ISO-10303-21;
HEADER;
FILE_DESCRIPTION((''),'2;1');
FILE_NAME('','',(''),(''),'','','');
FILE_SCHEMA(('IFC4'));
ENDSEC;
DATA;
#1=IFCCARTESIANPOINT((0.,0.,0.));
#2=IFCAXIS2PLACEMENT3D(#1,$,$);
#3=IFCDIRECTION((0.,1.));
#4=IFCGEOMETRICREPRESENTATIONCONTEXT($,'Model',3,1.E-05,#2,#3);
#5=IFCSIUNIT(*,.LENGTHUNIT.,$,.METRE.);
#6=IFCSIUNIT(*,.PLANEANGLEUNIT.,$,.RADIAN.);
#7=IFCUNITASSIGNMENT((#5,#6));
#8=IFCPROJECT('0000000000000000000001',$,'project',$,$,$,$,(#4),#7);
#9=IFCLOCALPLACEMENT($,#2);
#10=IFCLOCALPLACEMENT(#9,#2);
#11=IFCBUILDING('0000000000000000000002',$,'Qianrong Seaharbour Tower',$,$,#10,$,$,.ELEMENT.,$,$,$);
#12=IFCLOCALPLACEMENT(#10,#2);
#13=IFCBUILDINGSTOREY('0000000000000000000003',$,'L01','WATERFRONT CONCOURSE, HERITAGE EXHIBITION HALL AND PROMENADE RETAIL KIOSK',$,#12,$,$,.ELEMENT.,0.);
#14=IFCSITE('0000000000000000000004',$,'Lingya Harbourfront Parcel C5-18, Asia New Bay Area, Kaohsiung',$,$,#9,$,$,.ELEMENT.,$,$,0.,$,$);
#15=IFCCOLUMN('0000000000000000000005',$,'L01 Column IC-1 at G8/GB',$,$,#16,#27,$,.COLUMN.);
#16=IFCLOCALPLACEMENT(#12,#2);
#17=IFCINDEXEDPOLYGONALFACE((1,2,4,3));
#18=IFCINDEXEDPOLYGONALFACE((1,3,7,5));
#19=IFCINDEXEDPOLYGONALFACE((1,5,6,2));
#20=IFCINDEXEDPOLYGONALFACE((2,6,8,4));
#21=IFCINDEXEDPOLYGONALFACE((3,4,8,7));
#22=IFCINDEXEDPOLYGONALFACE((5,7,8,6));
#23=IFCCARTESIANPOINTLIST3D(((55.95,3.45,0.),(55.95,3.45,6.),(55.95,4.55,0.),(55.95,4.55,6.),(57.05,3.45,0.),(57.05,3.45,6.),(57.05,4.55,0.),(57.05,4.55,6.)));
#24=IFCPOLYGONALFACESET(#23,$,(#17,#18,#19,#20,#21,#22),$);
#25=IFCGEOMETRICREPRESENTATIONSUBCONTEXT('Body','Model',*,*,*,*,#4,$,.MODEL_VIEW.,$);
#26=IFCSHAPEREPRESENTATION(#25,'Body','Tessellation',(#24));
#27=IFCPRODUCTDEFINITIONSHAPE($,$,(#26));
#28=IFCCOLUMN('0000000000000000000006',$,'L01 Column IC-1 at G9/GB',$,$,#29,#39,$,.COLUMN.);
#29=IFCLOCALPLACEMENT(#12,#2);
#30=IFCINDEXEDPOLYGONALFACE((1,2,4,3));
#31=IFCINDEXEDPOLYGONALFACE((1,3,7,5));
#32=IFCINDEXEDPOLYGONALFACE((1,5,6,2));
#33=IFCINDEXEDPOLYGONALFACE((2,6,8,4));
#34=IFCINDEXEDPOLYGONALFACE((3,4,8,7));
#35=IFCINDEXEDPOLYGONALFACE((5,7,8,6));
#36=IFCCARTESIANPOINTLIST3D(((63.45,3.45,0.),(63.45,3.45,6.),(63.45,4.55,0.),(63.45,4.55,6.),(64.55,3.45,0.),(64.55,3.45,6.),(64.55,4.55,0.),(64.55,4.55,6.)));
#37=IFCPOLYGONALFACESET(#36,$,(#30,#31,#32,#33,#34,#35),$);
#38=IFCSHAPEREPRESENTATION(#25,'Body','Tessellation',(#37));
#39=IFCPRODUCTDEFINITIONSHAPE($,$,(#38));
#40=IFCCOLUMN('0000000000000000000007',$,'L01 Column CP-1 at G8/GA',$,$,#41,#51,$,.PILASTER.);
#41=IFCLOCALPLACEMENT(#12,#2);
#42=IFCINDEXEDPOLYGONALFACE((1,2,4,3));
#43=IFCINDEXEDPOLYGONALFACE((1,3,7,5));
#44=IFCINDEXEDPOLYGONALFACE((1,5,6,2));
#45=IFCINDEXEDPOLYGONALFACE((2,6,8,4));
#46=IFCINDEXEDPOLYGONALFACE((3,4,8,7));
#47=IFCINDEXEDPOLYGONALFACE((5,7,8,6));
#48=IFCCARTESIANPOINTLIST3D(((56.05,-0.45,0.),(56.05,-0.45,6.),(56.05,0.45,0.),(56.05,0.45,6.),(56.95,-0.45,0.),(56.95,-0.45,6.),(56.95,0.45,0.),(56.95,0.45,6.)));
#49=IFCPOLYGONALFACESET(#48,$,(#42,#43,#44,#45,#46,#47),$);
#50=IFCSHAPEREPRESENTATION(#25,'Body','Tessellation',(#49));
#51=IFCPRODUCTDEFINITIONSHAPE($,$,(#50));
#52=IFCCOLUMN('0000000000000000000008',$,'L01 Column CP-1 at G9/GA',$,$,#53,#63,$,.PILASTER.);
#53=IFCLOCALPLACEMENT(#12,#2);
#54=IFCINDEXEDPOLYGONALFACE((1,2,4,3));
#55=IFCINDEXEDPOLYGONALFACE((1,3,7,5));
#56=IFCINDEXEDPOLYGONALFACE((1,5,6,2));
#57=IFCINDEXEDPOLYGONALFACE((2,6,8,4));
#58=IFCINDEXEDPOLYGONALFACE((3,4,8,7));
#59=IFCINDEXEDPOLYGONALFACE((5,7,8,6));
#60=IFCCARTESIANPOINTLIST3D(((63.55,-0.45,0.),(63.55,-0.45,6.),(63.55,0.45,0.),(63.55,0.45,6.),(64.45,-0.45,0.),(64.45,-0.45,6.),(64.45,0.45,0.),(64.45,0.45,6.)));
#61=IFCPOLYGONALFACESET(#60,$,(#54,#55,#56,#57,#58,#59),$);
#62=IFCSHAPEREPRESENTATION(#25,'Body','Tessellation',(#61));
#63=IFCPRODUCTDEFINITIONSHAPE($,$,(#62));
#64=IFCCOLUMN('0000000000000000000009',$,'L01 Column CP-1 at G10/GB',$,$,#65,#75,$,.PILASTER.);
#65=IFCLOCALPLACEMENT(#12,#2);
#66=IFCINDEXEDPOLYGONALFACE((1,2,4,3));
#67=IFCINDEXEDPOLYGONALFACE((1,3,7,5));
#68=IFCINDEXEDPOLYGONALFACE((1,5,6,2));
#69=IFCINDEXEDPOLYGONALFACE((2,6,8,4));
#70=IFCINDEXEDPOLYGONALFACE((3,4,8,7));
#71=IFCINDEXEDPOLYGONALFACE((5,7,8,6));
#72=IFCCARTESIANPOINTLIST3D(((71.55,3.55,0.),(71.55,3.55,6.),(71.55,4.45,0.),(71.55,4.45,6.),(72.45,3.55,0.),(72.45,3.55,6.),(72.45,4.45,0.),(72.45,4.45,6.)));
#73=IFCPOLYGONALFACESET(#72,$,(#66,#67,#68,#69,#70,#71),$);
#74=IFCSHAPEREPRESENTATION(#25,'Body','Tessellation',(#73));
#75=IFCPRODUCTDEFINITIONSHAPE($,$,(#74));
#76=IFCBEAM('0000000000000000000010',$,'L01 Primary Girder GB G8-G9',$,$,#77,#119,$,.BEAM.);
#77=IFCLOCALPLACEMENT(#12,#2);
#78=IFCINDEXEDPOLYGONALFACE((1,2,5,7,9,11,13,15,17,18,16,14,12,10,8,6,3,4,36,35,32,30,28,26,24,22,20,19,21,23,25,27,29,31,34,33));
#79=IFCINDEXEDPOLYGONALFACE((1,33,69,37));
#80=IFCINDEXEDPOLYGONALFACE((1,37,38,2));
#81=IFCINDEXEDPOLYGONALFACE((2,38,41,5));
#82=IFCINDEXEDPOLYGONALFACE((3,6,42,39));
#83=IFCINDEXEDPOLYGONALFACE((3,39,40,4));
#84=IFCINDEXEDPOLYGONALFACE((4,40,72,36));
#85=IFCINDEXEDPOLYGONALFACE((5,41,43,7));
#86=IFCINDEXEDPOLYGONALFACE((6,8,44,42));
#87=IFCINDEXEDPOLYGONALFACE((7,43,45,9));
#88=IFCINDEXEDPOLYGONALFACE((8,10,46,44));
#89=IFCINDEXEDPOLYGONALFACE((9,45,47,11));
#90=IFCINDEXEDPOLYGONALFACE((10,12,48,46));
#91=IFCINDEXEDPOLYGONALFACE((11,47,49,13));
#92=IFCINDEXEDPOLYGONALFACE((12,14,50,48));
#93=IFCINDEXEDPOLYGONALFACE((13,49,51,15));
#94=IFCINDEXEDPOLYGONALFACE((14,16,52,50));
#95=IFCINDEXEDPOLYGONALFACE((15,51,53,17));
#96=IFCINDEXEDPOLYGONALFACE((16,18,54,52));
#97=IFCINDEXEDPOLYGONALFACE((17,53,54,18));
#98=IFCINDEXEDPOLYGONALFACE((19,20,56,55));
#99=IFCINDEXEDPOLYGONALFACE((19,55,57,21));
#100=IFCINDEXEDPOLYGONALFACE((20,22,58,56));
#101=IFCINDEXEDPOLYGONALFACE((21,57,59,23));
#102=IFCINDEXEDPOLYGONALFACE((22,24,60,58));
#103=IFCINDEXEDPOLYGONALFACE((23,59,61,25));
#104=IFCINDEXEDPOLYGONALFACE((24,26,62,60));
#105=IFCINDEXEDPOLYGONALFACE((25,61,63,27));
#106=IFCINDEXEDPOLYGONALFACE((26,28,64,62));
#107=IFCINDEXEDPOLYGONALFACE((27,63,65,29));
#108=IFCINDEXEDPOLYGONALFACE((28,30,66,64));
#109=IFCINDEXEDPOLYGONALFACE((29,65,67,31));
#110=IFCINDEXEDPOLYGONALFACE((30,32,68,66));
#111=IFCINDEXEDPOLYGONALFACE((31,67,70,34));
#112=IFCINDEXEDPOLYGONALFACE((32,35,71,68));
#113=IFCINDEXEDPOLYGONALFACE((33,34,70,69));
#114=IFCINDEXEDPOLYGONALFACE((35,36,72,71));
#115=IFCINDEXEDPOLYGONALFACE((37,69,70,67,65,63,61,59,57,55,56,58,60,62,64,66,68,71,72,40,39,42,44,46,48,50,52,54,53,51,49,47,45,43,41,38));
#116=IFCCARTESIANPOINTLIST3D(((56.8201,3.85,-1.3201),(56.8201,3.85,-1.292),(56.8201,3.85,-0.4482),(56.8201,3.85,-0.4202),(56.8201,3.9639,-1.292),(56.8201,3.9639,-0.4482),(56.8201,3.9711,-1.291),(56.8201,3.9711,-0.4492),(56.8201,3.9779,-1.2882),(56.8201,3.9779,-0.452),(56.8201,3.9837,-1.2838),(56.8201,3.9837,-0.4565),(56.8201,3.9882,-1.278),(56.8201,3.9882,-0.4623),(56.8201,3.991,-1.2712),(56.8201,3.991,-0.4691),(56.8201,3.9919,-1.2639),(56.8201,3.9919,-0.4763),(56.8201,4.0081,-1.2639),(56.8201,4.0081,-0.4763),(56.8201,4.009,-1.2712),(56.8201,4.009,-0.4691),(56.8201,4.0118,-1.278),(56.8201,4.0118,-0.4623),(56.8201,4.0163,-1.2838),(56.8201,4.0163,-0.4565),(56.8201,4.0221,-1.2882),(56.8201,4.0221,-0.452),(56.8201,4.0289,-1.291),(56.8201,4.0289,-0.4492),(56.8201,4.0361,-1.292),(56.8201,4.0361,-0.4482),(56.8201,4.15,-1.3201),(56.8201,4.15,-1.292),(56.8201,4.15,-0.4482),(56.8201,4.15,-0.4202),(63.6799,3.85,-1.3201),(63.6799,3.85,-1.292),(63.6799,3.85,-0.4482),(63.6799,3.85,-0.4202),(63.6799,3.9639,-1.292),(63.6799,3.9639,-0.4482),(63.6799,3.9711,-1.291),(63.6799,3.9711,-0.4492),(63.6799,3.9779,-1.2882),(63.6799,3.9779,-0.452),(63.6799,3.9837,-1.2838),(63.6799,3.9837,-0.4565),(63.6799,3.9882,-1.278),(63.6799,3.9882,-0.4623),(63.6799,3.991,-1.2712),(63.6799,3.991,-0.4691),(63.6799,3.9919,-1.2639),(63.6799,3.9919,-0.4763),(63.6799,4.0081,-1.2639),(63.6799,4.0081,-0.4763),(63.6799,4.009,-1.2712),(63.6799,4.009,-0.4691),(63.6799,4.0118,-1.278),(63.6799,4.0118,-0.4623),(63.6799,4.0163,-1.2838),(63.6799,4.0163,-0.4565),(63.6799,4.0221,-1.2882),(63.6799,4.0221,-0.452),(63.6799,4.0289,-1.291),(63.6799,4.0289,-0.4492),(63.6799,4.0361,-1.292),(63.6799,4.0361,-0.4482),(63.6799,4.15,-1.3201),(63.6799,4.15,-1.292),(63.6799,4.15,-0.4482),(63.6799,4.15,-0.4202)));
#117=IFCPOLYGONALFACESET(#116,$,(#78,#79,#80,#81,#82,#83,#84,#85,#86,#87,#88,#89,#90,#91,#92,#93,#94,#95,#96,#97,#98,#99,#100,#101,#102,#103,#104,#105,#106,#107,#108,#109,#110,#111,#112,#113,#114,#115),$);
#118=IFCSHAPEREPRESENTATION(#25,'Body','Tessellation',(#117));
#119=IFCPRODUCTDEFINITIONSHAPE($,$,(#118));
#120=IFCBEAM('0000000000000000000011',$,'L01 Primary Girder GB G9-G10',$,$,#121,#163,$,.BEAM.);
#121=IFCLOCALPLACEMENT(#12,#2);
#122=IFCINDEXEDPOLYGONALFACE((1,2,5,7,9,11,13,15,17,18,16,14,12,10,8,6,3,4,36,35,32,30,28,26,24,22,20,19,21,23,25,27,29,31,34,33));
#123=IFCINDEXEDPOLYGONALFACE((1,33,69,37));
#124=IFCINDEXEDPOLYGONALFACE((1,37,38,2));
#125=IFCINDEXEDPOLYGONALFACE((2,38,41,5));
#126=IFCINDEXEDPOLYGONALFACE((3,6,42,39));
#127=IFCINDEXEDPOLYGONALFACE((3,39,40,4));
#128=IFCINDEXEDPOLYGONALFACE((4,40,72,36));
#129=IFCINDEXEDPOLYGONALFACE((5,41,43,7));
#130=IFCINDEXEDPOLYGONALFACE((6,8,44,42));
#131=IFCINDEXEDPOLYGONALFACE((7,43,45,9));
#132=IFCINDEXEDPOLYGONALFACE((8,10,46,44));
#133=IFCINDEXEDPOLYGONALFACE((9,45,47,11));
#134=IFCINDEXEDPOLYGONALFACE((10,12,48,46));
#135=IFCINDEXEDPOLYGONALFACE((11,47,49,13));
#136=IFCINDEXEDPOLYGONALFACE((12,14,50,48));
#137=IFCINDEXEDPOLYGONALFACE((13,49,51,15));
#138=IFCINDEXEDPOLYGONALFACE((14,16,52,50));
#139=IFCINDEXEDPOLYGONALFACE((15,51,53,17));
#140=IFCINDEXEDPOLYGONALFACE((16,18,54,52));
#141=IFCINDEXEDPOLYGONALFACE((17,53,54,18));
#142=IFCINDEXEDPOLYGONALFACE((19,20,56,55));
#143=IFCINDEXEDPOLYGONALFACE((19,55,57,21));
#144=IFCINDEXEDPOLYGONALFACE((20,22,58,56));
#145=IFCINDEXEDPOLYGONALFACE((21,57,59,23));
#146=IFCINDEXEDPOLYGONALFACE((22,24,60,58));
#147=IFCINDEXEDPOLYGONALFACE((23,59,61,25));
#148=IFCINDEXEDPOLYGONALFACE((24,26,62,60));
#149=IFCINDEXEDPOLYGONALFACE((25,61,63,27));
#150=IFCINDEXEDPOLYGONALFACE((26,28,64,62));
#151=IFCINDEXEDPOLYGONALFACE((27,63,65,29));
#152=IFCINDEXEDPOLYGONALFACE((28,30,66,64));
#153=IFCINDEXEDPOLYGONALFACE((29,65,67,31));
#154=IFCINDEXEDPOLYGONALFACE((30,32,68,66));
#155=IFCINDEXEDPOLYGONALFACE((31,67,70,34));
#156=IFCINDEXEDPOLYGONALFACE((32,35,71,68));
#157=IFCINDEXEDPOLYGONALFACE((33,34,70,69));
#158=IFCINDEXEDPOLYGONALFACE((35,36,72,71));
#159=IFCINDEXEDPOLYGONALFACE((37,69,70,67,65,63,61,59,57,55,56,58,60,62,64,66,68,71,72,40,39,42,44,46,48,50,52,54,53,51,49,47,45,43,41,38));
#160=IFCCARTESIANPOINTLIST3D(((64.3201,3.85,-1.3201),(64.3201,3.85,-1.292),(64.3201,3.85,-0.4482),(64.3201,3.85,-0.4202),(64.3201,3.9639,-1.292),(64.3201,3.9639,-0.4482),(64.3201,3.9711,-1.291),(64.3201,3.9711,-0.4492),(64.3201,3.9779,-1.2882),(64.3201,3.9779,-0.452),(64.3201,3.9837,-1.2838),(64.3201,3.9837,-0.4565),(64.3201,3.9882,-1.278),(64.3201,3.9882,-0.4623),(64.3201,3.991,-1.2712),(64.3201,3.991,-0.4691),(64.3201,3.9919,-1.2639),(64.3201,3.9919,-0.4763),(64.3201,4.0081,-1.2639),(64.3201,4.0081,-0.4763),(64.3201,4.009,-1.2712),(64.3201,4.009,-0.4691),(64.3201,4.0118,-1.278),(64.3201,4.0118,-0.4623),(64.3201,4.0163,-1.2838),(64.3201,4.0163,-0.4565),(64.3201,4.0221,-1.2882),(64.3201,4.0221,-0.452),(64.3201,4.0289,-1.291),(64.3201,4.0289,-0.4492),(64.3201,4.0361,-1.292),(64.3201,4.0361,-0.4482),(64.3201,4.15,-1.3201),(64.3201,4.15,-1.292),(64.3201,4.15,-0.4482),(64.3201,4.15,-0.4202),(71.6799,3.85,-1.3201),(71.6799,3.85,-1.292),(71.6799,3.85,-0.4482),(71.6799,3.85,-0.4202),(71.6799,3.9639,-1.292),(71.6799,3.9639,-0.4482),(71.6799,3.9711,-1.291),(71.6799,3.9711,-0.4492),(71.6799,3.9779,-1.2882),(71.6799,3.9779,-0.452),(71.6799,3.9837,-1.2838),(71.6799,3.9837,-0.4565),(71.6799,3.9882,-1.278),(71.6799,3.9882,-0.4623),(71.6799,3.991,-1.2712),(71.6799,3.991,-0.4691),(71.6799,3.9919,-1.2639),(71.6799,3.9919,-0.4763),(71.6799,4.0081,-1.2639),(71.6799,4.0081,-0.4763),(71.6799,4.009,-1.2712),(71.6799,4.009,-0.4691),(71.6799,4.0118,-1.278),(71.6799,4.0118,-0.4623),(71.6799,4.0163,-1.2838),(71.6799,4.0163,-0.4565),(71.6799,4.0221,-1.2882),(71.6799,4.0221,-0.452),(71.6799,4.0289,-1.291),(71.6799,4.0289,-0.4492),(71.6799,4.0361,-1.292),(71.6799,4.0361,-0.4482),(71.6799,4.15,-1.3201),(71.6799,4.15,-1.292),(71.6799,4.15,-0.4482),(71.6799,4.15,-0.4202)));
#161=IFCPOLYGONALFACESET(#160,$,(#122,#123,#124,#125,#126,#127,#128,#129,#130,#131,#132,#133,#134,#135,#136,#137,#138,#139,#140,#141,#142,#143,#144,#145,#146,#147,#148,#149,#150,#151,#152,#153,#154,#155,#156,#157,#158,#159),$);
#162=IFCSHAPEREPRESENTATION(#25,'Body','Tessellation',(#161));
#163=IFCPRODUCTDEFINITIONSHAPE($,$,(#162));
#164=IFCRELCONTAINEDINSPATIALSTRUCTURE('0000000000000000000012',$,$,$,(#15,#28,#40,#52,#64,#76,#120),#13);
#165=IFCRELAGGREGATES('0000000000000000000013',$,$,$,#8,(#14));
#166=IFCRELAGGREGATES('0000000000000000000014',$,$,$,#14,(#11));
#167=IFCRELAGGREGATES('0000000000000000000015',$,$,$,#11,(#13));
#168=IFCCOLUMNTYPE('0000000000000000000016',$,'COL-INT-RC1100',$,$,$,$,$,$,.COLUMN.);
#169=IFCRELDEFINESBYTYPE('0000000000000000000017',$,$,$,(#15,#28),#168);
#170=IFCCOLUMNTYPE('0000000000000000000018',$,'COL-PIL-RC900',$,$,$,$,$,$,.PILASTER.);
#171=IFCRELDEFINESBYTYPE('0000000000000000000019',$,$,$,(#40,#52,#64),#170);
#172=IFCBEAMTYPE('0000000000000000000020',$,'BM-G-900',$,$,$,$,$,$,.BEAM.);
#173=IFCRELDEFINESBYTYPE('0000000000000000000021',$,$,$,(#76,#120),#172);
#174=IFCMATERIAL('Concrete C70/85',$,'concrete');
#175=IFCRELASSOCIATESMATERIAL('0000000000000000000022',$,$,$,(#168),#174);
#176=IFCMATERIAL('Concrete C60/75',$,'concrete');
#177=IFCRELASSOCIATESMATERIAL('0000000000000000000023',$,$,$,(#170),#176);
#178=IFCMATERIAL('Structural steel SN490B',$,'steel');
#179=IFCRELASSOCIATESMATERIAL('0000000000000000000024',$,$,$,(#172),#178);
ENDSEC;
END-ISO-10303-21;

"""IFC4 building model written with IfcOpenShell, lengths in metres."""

from ifc_helpers import new_model, si_unit, direction, frame, origin, origin_2d, place, context, subcontext, project, spatial, rectangle, i_section, extrude, material, material_profile, profile_set, type_object, element, save


model = new_model("IFC4")

# Units and contexts
model_context = context("Model", 3, precision=1e-05, world=origin(), true_north=direction((0.0, 1.0)))
body_context = subcontext(model_context, "Body", "Model", "MODEL_VIEW")
ifc_project = project(units=[si_unit("LENGTHUNIT", "METRE"), si_unit("PLANEANGLEUNIT", "RADIAN")], contexts=[model_context])

# Site, building, storey
site_placement = place(None, origin())
site = spatial("IfcSite", under=ifc_project, at=site_placement, Name="Lingya Harbourfront Parcel C5-18, Asia New Bay Area, Kaohsiung", CompositionType="ELEMENT", RefElevation=0.0)
building_placement = place(site_placement, origin())
building = spatial("IfcBuilding", under=site, at=building_placement, Name="Qianrong Seaharbour Tower", CompositionType="ELEMENT")
storey_placement = place(building_placement, origin())
storey = spatial("IfcBuildingStorey", under=building, at=storey_placement, Name="L01", Description="WATERFRONT CONCOURSE, HERITAGE EXHIBITION HALL AND PROMENADE RETAIL KIOSK", CompositionType="ELEMENT", Elevation=0.0)

# Columns
ifc_material_1 = material(Name="Concrete C70/85", Category="concrete")
ifc_material_profile_1 = material_profile(ifc_material_1, rectangle(XDim=1.1001, YDim=1.1001, at=origin_2d()), Name="RC1100x1100")
ifc_profile_set_1 = profile_set([ifc_material_profile_1], Name="Concrete C70/85")
column_type_1 = type_object("IfcColumnType", Name="COL-INT-RC1100", PredefinedType="COLUMN", material=ifc_profile_set_1)
for number, where, z_axis, x_axis, name in (
    (1, (56.5, 4.0, 0.0), (0.0, 0.0, 1.0), (1.0, 0.0, 0.0), "L01 Column IC-1 at G8/GB"),
    (2, (64.0, 4.0, 0.0), (0.0, 0.0, 1.0), (1.0, 0.0, 0.0), "L01 Column IC-1 at G9/GB"),
):
    element("IfcColumn", number, at=place(storey_placement, frame(where, z_axis=z_axis, x_axis=x_axis)), inside=storey, type_object=column_type_1, Name=name, PredefinedType="COLUMN", context=body_context, shape_type="SweptSolid", body=[
        extrude(rectangle(XDim=1.1001, YDim=1.1001, at=origin_2d()), origin(), (0.0, 0.0, 1.0), 6.0),
    ])
ifc_material_2 = material(Name="Concrete C60/75", Category="concrete")
ifc_material_profile_2 = material_profile(ifc_material_2, rectangle(XDim=0.8999, YDim=0.8999, at=origin_2d()), Name="RC900x900")
ifc_profile_set_2 = profile_set([ifc_material_profile_2], Name="Concrete C60/75")
column_type_2 = type_object("IfcColumnType", Name="COL-PIL-RC900", PredefinedType="PILASTER", material=ifc_profile_set_2)
for number, where, z_axis, x_axis, name in (
    (3, (56.5, 0.0, 0.0), (0.0, 0.0, 1.0), (1.0, 0.0, 0.0), "L01 Column CP-1 at G8/GA"),
    (4, (64.0, 0.0, 0.0), (0.0, 0.0, 1.0), (1.0, 0.0, 0.0), "L01 Column CP-1 at G9/GA"),
    (5, (72.0, 4.0, 0.0), (0.0, 0.0, 1.0), (1.0, 0.0, 0.0), "L01 Column CP-1 at G10/GB"),
):
    element("IfcColumn", number, at=place(storey_placement, frame(where, z_axis=z_axis, x_axis=x_axis)), inside=storey, type_object=column_type_2, Name=name, PredefinedType="PILASTER", context=body_context, shape_type="SweptSolid", body=[
        extrude(rectangle(XDim=0.8999, YDim=0.8999, at=origin_2d()), origin(), (0.0, 0.0, 1.0), 6.0),
    ])

# Beams
ifc_material_3 = material(Name="Structural steel SN490B", Category="steel")
ifc_material_profile_3 = material_profile(ifc_material_3, i_section(OverallWidth=0.3, OverallDepth=0.8999, WebThickness=0.0161, FlangeThickness=0.0281, FilletRadius=0.0281, at=origin_2d()), Name="H900x300x16x28")
ifc_profile_set_3 = profile_set([ifc_material_profile_3], Name="Structural steel SN490B")
beam_type_1 = type_object("IfcBeamType", Name="BM-G-900", PredefinedType="BEAM", material=ifc_profile_set_3)
beam_1_placement = place(storey_placement, frame((56.8201, 4.0, -0.8701), z_axis=(1.0, 0.0, 0.0), x_axis=(0.0, 1.0, 0.0)))
element("IfcBeam", 6, at=beam_1_placement, inside=storey, type_object=beam_type_1, Name="L01 Primary Girder GB G8-G9", PredefinedType="BEAM", context=body_context, shape_type="SweptSolid", body=[
    extrude(i_section(OverallWidth=0.3, OverallDepth=0.8999, WebThickness=0.0161, FlangeThickness=0.0281, FilletRadius=0.0281, at=origin_2d()), origin(), (0.0, 0.0, 1.0), 6.8599),
])
beam_2_placement = place(storey_placement, frame((64.3201, 4.0, -0.8701), z_axis=(1.0, 0.0, 0.0), x_axis=(0.0, 1.0, 0.0)))
element("IfcBeam", 7, at=beam_2_placement, inside=storey, type_object=beam_type_1, Name="L01 Primary Girder GB G9-G10", PredefinedType="BEAM", context=body_context, shape_type="SweptSolid", body=[
    extrude(i_section(OverallWidth=0.3, OverallDepth=0.8999, WebThickness=0.0161, FlangeThickness=0.0281, FilletRadius=0.0281, at=origin_2d()), origin(), (0.0, 0.0, 1.0), 7.3599),
])

save(model, "model.ifc")
